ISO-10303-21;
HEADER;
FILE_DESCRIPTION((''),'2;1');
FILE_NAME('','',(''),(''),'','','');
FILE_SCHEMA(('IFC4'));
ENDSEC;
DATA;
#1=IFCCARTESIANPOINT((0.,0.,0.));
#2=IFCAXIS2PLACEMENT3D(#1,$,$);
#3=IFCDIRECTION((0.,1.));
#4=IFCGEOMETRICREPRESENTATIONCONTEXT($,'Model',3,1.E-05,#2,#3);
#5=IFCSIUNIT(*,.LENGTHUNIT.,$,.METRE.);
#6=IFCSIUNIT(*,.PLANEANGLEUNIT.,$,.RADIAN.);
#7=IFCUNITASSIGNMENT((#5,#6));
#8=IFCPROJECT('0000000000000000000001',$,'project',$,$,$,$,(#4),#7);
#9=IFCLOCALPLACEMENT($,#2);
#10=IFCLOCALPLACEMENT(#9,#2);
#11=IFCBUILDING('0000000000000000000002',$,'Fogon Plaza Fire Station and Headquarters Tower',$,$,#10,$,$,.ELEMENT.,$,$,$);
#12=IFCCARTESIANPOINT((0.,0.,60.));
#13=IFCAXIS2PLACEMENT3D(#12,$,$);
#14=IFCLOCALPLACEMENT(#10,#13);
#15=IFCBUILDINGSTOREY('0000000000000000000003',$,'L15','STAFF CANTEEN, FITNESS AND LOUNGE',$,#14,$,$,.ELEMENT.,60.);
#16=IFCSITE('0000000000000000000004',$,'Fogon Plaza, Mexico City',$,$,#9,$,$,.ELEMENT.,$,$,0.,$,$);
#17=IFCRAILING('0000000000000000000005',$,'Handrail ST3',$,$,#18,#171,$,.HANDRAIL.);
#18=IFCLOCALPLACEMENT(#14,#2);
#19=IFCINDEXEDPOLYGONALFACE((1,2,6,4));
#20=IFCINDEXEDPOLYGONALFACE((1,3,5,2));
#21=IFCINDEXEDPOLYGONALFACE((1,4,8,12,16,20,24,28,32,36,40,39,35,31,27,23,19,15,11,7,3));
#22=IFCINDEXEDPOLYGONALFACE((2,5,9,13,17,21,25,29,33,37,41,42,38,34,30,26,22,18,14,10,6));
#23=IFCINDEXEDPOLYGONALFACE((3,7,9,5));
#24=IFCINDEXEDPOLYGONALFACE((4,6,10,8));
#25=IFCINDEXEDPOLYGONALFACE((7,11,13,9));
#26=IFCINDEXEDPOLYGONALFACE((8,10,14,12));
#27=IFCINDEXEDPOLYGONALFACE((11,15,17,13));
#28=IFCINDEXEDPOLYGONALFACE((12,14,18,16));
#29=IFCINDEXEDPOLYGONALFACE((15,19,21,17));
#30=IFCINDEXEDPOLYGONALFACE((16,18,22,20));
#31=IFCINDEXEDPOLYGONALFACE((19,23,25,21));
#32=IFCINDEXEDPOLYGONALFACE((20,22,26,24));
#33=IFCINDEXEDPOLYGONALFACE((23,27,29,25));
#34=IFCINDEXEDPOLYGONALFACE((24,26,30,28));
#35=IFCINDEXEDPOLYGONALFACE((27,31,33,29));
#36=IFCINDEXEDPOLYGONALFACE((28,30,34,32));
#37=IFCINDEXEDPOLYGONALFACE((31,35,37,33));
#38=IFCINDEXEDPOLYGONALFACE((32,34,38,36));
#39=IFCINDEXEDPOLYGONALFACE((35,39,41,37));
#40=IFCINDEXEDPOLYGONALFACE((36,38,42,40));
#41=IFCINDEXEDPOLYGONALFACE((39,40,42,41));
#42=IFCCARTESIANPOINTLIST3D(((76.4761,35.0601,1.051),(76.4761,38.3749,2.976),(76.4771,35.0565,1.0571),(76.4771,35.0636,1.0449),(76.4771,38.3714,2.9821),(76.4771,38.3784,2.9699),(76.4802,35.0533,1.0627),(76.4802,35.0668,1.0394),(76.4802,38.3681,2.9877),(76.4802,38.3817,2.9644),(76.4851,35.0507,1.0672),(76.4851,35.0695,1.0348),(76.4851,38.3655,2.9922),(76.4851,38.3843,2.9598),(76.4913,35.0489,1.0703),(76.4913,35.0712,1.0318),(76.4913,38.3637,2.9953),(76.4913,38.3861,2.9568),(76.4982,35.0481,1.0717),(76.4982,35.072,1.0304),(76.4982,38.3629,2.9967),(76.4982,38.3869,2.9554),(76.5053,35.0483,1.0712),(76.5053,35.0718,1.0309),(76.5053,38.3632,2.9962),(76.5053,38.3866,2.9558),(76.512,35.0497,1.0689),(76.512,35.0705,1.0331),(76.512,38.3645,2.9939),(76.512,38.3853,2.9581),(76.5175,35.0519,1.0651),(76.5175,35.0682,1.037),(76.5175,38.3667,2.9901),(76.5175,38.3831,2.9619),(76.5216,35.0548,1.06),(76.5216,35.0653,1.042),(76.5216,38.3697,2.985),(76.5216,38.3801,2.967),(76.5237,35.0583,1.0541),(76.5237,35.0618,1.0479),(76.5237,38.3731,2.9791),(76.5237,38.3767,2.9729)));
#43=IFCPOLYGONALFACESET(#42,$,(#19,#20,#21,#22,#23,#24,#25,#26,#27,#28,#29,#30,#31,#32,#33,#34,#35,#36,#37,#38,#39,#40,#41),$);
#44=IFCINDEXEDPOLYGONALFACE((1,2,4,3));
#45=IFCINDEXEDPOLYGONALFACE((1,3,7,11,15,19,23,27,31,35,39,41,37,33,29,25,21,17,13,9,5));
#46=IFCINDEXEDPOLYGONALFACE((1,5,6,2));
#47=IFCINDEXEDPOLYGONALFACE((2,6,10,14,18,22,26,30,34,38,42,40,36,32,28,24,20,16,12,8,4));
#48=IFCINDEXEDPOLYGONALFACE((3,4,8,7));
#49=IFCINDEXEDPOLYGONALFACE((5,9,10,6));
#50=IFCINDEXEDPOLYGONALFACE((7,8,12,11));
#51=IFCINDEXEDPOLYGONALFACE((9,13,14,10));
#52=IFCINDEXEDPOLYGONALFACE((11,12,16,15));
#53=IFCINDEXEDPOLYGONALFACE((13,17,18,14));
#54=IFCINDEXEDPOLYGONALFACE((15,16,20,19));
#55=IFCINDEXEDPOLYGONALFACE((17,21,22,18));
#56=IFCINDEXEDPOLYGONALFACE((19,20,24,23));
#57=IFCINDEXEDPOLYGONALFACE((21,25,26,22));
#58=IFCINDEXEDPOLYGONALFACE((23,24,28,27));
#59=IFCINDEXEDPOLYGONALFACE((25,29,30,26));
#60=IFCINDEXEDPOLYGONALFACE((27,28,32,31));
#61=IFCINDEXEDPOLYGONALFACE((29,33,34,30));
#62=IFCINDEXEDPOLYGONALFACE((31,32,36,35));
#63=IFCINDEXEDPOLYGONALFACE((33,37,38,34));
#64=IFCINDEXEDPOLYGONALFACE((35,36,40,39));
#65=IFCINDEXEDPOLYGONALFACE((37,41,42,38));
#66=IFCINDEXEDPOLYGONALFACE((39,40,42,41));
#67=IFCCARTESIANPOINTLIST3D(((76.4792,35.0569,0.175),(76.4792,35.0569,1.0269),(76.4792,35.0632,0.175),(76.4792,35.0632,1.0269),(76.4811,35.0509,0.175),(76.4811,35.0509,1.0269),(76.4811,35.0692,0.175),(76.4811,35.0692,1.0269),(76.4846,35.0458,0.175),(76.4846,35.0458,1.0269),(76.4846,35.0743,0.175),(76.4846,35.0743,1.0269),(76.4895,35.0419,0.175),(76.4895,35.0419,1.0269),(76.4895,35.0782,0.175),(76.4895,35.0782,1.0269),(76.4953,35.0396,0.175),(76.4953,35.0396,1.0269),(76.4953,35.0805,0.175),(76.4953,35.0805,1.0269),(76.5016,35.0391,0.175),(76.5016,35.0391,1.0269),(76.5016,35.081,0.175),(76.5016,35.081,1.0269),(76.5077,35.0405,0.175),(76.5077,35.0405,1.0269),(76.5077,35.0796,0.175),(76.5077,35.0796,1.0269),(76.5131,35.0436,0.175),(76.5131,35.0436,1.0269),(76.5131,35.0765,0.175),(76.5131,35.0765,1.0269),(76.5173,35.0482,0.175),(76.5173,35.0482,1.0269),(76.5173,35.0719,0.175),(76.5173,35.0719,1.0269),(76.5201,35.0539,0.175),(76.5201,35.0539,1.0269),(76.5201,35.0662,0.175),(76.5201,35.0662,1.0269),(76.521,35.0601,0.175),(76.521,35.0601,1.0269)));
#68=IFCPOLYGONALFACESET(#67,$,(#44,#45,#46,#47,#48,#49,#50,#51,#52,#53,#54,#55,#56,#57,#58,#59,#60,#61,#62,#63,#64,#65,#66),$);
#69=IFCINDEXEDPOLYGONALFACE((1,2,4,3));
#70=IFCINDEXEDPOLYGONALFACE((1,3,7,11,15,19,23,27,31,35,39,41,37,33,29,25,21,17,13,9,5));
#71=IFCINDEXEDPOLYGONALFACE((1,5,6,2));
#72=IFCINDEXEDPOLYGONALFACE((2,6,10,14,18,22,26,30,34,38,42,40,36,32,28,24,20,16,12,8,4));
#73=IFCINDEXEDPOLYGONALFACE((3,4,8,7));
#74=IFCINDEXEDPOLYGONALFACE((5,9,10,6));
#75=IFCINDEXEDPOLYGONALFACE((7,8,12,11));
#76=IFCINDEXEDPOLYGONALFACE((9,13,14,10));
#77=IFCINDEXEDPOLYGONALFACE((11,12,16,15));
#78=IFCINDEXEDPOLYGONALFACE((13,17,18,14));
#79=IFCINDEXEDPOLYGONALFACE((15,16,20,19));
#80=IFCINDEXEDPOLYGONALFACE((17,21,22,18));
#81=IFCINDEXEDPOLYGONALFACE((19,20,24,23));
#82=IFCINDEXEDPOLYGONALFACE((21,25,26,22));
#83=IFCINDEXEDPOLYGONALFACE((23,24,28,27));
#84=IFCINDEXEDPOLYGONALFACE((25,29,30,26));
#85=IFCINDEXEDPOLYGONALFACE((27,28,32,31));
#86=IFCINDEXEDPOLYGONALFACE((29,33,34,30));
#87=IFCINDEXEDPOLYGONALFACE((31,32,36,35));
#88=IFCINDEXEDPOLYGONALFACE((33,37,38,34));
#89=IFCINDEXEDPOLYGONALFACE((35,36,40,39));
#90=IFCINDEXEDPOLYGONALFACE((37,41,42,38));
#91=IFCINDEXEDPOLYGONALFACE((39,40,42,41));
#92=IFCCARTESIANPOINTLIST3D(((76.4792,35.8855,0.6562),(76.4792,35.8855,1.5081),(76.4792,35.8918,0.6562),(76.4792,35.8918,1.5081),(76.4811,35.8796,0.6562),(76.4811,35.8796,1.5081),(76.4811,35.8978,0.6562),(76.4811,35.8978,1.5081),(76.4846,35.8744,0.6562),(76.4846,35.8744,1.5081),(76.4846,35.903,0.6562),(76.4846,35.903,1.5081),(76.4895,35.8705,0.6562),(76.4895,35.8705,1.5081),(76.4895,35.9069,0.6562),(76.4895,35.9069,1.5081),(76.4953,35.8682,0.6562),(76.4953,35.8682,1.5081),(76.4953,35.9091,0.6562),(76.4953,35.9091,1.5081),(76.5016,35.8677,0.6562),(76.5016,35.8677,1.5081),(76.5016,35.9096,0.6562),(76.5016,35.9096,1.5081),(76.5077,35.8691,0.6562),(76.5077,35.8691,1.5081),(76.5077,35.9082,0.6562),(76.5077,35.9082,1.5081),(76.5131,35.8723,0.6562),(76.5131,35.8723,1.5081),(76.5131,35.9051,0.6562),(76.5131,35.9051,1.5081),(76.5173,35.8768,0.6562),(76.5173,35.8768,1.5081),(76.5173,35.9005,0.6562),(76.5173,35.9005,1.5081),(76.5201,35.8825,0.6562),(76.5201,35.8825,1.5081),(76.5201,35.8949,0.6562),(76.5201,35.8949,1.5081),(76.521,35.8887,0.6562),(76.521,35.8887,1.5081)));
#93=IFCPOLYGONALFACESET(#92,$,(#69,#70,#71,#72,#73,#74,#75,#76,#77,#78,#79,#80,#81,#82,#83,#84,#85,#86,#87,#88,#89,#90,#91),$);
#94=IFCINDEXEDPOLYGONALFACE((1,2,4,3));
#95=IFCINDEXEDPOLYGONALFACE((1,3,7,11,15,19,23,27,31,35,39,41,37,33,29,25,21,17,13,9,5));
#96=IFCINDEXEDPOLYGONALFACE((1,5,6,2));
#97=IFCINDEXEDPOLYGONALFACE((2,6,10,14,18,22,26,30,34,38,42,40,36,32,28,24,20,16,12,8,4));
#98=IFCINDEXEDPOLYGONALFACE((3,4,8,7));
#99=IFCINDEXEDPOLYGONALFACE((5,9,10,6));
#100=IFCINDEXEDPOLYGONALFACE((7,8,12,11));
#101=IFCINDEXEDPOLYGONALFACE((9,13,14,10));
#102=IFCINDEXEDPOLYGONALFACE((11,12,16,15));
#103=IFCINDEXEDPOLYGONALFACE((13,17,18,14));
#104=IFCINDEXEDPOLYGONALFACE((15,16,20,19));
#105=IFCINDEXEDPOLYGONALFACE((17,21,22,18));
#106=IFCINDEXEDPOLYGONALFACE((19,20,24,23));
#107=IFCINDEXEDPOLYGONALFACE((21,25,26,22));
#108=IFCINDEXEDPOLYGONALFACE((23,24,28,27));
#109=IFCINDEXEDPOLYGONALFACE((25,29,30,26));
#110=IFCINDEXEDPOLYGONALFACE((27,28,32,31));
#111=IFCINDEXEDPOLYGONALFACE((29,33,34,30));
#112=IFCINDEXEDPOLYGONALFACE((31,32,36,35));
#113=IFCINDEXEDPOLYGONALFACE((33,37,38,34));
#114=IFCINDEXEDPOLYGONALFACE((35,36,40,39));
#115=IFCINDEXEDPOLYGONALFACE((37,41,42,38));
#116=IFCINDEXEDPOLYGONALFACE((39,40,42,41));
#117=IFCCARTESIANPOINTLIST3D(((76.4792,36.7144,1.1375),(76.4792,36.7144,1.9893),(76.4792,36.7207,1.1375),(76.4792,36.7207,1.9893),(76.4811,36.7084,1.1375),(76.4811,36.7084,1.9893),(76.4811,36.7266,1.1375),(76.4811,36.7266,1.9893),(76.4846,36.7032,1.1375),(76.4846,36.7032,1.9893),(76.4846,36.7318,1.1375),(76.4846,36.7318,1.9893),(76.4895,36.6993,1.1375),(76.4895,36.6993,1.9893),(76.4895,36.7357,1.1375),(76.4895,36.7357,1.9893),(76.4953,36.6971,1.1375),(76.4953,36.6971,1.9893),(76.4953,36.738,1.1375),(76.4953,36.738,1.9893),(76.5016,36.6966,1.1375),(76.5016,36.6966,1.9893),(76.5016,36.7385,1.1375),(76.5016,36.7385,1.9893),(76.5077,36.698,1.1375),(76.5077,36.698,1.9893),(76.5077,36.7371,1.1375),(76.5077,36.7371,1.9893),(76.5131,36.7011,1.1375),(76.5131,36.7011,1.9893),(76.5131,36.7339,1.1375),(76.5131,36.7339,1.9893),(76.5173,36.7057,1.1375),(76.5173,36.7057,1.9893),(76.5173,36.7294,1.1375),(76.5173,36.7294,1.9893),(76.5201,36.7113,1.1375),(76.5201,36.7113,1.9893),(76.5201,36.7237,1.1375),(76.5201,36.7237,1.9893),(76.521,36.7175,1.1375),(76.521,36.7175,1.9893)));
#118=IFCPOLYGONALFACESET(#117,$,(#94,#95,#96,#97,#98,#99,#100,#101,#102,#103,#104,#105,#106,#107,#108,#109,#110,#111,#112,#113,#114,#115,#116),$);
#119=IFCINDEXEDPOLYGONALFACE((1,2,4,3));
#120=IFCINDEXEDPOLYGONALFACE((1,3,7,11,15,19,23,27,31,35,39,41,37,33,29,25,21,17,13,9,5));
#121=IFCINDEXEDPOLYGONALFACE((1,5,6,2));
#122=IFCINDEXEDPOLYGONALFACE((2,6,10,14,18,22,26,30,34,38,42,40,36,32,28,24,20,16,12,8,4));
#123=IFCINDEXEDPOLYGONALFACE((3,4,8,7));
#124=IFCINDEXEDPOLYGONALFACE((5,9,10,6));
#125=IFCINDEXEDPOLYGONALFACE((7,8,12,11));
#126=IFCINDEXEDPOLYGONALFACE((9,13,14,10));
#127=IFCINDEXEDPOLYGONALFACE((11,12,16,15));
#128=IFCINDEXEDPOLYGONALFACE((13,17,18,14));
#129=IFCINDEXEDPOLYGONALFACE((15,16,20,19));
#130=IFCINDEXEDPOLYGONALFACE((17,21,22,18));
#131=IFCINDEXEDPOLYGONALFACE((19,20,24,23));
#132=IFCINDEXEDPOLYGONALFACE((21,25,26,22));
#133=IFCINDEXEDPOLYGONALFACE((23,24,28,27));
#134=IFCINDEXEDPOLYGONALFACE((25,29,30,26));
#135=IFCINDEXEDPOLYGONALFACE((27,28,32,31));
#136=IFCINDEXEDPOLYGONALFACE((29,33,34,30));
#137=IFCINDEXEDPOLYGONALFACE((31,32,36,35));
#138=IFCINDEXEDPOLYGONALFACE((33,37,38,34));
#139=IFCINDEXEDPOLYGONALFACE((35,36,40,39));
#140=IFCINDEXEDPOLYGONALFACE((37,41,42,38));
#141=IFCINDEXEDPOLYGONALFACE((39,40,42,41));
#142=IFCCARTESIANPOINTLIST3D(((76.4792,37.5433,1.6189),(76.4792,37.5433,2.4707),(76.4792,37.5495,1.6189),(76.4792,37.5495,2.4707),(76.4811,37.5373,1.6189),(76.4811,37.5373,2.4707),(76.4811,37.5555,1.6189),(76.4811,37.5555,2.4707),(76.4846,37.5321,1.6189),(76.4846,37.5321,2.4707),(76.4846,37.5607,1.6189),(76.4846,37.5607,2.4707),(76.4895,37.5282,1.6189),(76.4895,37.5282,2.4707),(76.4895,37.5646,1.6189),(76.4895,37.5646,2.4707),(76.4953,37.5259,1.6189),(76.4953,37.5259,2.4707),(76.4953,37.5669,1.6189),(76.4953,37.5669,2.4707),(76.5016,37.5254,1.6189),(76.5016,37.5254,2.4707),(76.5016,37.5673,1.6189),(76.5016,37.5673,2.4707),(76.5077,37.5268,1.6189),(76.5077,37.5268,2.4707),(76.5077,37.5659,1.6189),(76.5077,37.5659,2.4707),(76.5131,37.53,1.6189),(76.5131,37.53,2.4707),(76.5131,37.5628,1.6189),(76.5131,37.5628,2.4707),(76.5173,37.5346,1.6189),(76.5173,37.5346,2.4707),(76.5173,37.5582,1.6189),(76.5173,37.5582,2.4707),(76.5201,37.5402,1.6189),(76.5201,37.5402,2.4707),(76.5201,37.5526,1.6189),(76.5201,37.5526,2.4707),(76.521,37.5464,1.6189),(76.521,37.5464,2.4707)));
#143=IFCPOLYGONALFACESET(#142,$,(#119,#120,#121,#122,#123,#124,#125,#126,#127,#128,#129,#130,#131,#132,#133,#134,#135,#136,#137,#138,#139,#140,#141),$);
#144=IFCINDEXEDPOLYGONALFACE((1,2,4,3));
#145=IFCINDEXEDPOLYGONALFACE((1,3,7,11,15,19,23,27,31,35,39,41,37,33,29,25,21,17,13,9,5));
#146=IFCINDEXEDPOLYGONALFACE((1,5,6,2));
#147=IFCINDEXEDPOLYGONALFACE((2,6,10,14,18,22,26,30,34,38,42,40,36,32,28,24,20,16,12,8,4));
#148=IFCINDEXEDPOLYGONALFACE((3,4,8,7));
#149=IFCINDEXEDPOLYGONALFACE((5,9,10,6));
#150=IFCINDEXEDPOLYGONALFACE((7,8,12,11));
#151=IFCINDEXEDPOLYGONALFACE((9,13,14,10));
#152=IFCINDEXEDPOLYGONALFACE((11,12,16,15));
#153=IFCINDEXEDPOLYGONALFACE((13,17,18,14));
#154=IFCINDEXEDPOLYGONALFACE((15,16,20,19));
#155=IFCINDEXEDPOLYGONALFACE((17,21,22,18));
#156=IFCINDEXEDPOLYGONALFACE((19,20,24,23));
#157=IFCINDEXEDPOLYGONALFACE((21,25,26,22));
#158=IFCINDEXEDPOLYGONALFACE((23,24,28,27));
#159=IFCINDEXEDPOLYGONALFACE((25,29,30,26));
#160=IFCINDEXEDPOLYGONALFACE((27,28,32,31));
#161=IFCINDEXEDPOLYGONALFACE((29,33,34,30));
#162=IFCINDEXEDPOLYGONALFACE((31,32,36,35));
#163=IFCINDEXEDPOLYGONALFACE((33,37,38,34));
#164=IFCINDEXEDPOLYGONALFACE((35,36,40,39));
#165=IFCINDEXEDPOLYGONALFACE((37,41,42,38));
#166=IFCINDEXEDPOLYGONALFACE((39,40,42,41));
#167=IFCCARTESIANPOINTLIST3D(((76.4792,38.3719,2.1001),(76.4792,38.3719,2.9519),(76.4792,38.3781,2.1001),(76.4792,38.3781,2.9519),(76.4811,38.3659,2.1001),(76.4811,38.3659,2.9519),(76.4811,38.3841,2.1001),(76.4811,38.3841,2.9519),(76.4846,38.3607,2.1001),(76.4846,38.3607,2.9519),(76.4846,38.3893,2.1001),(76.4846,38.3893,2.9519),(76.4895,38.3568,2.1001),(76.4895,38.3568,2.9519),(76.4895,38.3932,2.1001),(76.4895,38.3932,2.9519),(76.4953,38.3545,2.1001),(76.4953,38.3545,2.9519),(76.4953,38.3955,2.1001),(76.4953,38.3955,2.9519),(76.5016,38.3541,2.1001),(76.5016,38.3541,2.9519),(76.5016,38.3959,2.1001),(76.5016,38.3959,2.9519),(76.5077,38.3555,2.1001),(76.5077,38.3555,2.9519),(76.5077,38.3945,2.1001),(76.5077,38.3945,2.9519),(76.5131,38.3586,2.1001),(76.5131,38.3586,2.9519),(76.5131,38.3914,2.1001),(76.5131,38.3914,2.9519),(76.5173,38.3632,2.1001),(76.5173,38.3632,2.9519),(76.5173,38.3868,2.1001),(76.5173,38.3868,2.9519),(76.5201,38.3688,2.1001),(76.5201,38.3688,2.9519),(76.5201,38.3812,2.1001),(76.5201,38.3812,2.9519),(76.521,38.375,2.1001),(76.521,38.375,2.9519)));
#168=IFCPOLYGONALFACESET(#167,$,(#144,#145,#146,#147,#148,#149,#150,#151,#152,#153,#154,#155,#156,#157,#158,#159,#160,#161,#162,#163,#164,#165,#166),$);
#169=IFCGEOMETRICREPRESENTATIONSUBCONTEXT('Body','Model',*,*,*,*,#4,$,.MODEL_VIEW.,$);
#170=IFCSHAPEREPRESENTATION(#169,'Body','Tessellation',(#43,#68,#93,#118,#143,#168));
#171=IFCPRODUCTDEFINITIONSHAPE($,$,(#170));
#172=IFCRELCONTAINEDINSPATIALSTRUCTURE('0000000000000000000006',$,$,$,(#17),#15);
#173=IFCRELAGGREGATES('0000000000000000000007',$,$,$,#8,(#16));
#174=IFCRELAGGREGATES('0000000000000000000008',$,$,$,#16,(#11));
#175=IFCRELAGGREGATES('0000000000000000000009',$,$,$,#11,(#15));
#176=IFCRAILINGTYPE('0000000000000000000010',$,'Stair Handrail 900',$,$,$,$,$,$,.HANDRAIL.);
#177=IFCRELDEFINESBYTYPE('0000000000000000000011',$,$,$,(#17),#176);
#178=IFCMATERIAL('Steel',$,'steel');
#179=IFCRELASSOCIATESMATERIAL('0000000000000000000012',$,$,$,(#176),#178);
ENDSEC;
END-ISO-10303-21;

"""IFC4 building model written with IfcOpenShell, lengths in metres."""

from ifc_helpers import new_model, si_unit, direction, frame, origin, origin_2d, place, context, subcontext, project, spatial, circle, extrude, material, type_object, element, save


model = new_model("IFC4")

# Units and contexts
model_context = context("Model", 3, precision=1e-05, world=origin(), true_north=direction((0.0, 1.0)))
body_context = subcontext(model_context, "Body", "Model", "MODEL_VIEW")
ifc_project = project(units=[si_unit("LENGTHUNIT", "METRE"), si_unit("PLANEANGLEUNIT", "RADIAN")], contexts=[model_context])

# Site, building, storey
site_placement = place(None, origin())
site = spatial("IfcSite", under=ifc_project, at=site_placement, Name="Fogon Plaza, Mexico City", CompositionType="ELEMENT", RefElevation=0.0)
building_placement = place(site_placement, origin())
building = spatial("IfcBuilding", under=site, at=building_placement, Name="Fogon Plaza Fire Station and Headquarters Tower", CompositionType="ELEMENT")
storey_placement = place(building_placement, frame((0.0, 0.0, 60.0)))
storey = spatial("IfcBuildingStorey", under=building, at=storey_placement, Name="L15", Description="STAFF CANTEEN, FITNESS AND LOUNGE", CompositionType="ELEMENT", Elevation=60.0)

# Railing
ifc_material_1 = material(Name="Steel", Category="steel")
railing_type = type_object("IfcRailingType", Name="Stair Handrail 900", PredefinedType="HANDRAIL", material=ifc_material_1)
for number, where, name in (
    (1, (76.5, 35.0601, 0.175), "Handrail ST3"),
):
    element("IfcRailing", number, at=place(storey_placement, frame(where)), inside=storey, type_object=railing_type, Name=name, PredefinedType="HANDRAIL", context=body_context, shape_type="SweptSolid", body=[
        extrude(circle(Radius=0.0239, at=origin_2d()), frame((0.0, 0.0, 0.876), z_axis=(0.0, 0.864761, 0.502183), x_axis=(-1.0, 0.0, 0.0)), (0.0, 0.0, 1.0), 3.8333),
        extrude(circle(Radius=0.021, at=origin_2d()), origin(), (0.0, 0.0, 1.0), 0.8518),
        extrude(circle(Radius=0.021, at=origin_2d()), frame((0.0, 0.8286, 0.4812)), (0.0, 0.0, 1.0), 0.8518),
        extrude(circle(Radius=0.021, at=origin_2d()), frame((0.0, 1.6575, 0.9624)), (0.0, 0.0, 1.0), 0.8518),
        extrude(circle(Radius=0.021, at=origin_2d()), frame((0.0, 2.4863, 1.4438)), (0.0, 0.0, 1.0), 0.8518),
        extrude(circle(Radius=0.021, at=origin_2d()), frame((0.0, 3.3149, 1.925)), (0.0, 0.0, 1.0), 0.8518),
    ])

save(model, "model.ifc")
